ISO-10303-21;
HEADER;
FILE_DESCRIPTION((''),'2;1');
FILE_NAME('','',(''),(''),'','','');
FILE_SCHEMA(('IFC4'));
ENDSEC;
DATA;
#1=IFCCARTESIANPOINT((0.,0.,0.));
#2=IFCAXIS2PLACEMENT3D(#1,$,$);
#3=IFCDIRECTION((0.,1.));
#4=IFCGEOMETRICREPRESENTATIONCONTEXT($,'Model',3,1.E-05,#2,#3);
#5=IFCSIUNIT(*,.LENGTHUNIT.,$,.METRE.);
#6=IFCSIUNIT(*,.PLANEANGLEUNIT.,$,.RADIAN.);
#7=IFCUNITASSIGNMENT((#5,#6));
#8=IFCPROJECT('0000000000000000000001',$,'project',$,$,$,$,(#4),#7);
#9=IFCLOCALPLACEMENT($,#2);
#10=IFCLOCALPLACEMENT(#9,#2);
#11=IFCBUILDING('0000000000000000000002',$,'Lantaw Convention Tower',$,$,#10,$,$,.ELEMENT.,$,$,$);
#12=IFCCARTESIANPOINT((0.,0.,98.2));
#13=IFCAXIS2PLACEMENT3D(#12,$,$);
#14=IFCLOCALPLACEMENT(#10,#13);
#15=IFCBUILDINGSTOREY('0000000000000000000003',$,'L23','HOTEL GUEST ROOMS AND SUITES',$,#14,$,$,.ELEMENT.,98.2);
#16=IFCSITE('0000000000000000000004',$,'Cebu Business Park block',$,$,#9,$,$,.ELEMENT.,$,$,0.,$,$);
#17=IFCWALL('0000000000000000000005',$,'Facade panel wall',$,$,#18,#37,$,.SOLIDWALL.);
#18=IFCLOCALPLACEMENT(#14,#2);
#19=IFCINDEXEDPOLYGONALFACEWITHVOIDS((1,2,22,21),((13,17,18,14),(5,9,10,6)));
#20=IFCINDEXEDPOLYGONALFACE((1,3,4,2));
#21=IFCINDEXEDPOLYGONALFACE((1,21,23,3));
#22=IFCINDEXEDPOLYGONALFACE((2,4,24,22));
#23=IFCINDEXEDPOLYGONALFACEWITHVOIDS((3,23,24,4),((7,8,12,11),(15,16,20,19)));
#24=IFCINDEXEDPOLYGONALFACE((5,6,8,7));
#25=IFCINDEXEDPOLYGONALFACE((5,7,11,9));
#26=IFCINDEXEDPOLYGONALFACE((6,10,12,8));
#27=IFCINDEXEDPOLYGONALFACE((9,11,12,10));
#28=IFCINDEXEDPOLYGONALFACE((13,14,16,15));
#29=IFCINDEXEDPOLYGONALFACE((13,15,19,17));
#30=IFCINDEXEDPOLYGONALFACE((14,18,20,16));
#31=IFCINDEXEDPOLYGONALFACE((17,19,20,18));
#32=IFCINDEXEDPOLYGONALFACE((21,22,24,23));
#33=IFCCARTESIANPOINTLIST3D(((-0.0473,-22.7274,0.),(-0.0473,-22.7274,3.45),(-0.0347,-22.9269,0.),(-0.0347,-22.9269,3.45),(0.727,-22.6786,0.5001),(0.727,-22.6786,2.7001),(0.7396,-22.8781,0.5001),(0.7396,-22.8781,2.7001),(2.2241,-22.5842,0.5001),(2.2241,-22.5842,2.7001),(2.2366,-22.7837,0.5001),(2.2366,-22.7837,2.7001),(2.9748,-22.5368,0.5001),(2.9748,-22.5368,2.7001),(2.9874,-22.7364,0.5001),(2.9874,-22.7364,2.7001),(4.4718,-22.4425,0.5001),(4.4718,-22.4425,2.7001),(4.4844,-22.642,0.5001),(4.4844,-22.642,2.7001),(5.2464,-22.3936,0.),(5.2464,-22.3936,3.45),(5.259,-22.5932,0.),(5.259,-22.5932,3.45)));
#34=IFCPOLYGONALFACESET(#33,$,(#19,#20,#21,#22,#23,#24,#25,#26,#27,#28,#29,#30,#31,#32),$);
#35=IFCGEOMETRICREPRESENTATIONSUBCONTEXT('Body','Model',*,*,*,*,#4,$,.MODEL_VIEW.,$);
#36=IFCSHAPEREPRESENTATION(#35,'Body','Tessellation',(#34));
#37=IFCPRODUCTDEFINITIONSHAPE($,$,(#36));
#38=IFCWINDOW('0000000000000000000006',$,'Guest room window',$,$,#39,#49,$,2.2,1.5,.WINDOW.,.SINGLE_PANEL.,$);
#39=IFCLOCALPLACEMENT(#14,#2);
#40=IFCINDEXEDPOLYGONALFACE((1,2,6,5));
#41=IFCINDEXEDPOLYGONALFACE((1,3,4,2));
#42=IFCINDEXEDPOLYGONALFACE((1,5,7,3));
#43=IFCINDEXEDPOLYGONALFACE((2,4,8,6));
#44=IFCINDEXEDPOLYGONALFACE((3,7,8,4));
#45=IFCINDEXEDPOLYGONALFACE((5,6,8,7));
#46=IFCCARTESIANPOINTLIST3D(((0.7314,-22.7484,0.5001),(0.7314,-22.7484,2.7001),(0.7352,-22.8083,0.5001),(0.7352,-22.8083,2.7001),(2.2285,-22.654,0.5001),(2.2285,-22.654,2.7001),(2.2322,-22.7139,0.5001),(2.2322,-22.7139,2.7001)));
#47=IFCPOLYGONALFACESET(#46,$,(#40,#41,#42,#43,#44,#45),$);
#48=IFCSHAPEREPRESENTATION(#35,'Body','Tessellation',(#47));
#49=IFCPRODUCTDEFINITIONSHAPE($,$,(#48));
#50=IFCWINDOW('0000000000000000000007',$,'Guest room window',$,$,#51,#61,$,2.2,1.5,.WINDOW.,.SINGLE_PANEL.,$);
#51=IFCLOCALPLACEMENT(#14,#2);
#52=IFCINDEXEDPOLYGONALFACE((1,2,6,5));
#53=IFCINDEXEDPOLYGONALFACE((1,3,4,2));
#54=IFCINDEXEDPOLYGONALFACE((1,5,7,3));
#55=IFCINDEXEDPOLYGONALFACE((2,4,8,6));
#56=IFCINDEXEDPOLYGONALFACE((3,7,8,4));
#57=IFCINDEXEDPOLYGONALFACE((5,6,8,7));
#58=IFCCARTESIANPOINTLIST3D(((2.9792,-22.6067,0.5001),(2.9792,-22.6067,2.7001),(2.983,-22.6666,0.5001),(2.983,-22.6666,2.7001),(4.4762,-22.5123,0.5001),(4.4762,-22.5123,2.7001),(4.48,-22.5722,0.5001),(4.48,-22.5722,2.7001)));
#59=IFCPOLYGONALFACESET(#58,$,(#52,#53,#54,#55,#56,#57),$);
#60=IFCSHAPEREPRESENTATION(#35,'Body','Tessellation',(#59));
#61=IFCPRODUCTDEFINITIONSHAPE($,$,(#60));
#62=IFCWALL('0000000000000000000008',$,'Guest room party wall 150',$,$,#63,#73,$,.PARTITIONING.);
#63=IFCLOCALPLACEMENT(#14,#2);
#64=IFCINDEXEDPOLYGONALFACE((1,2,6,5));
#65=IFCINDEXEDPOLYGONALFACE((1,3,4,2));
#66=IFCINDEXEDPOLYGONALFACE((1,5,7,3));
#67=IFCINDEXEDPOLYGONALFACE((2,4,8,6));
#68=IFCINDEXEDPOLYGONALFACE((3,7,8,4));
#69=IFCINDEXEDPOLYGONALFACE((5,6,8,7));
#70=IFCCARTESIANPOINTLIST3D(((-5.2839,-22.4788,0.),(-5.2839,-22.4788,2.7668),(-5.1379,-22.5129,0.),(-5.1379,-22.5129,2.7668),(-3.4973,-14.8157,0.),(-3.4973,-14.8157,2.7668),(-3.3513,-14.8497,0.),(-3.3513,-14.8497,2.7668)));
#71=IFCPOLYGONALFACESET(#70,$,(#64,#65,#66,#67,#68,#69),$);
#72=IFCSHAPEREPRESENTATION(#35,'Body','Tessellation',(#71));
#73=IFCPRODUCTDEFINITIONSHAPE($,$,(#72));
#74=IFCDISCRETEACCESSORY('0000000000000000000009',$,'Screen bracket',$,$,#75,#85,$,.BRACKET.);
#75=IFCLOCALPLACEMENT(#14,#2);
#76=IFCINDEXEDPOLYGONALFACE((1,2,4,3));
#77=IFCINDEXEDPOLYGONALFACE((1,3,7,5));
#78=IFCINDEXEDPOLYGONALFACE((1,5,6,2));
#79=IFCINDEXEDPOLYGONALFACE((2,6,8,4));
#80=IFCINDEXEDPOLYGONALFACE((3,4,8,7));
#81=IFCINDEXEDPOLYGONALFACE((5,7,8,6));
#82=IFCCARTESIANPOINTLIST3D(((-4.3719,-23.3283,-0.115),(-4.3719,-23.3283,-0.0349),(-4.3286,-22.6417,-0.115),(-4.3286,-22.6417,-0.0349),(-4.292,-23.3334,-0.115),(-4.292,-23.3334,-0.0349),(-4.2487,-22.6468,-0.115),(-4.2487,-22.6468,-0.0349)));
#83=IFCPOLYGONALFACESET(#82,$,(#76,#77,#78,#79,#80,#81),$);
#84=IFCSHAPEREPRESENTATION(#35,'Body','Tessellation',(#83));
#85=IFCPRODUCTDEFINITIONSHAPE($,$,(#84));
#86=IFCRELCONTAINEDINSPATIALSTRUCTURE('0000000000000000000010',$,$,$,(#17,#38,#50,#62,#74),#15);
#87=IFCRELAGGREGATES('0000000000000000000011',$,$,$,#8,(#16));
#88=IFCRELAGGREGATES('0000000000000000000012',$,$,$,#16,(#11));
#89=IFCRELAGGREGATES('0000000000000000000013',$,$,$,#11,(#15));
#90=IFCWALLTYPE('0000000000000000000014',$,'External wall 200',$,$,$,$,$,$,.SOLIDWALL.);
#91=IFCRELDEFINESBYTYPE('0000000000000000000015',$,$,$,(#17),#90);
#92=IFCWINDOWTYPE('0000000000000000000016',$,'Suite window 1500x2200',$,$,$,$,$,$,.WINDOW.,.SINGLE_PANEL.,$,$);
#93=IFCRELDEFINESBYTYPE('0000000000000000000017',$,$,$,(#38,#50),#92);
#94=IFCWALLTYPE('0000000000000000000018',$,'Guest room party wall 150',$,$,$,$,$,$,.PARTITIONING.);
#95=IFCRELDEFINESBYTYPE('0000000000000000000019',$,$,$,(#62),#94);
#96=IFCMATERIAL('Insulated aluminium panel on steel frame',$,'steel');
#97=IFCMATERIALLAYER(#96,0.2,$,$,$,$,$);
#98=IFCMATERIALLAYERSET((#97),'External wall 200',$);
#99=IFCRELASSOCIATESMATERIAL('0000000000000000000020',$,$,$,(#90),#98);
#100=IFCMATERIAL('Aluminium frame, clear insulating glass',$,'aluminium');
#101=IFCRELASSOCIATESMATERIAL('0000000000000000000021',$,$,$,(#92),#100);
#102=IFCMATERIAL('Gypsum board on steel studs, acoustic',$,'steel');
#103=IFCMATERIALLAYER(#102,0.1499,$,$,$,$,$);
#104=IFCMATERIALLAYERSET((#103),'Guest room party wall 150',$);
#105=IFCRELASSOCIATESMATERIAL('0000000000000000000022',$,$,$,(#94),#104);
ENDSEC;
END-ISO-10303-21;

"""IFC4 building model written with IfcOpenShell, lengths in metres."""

from ifc_helpers import new_model, si_unit, direction, frame, frame_2d, origin, origin_2d, place, context, subcontext, project, spatial, rectangle, extrude, material, layer, layer_set, type_object, element, fill, save


model = new_model("IFC4")

# Units and contexts
model_context = context("Model", 3, precision=1e-05, world=origin(), true_north=direction((0.0, 1.0)))
body_context = subcontext(model_context, "Body", "Model", "MODEL_VIEW")
ifc_project = project(units=[si_unit("LENGTHUNIT", "METRE"), si_unit("PLANEANGLEUNIT", "RADIAN")], contexts=[model_context])

# Site, building, storey
site_placement = place(None, origin())
site = spatial("IfcSite", under=ifc_project, at=site_placement, Name="Cebu Business Park block", CompositionType="ELEMENT", RefElevation=0.0)
building_placement = place(site_placement, origin())
building = spatial("IfcBuilding", under=site, at=building_placement, Name="Lantaw Convention Tower", CompositionType="ELEMENT")
storey_placement = place(building_placement, frame((0.0, 0.0, 98.2)))
storey = spatial("IfcBuildingStorey", under=building, at=storey_placement, Name="L23", Description="HOTEL GUEST ROOMS AND SUITES", CompositionType="ELEMENT", Elevation=98.2)

# Wall, openings, windows
ifc_material_1 = material(Name="Insulated aluminium panel on steel frame", Category="steel")
ifc_layer_1 = layer(ifc_material_1, 0.2)
ifc_layer_set_1 = layer_set([ifc_layer_1], Name="External wall 200")
wall_type_1 = type_object("IfcWallType", Name="External wall 200", PredefinedType="SOLIDWALL", material=ifc_layer_set_1)
wall_1_placement = place(storey_placement, frame((-0.041, -22.8271, 0.0), z_axis=(0.0, 0.0, 1.0), x_axis=(0.998019, 0.06292, 0.0)))
wall_1 = element("IfcWall", 1, at=wall_1_placement, inside=storey, type_object=wall_type_1, Name="Facade panel wall", PredefinedType="SOLIDWALL", context=body_context, shape_type="SweptSolid", body=[
    extrude(rectangle(XDim=5.3042, YDim=0.2, at=frame_2d((2.6521, 0.0))), origin(), (0.0, 0.0, 1.0), 3.45),
])
opening_1_placement = place(wall_1_placement, frame((0.7759, 0.0, 0.5)))
opening_1 = element("IfcOpeningElement", 2, at=opening_1_placement, cuts=wall_1, PredefinedType="OPENING", context=body_context, shape_type="SweptSolid", body=[
    extrude(rectangle(XDim=1.5, YDim=2.2, at=frame_2d((0.75, 1.1001))), frame((0.0, 0.1099, 0.0), z_axis=(0.0, -1.0, 0.0), x_axis=(1.0, 0.0, 0.0)), (0.0, 0.0, 1.0), 0.22),
])
opening_2_placement = place(wall_1_placement, frame((3.0281, 0.0, 0.5)))
opening_2 = element("IfcOpeningElement", 3, at=opening_2_placement, cuts=wall_1, PredefinedType="OPENING", context=body_context, shape_type="SweptSolid", body=[
    extrude(rectangle(XDim=1.5, YDim=2.2, at=frame_2d((0.75, 1.1001))), frame((0.0, 0.1099, 0.0), z_axis=(0.0, -1.0, 0.0), x_axis=(1.0, 0.0, 0.0)), (0.0, 0.0, 1.0), 0.22),
])
ifc_material_2 = material(Name="Aluminium frame, clear insulating glass", Category="aluminium")
window_type = type_object("IfcWindowType", Name="Suite window 1500x2200", PartitioningType="SINGLE_PANEL", PredefinedType="WINDOW", material=ifc_material_2)
window_1_placement = place(opening_1_placement, origin())
window_1 = element("IfcWindow", 4, at=window_1_placement, inside=storey, type_object=window_type, Name="Guest room window", OverallHeight=2.2, OverallWidth=1.5, PartitioningType="SINGLE_PANEL", PredefinedType="WINDOW", context=body_context, shape_type="SweptSolid", body=[
    extrude(rectangle(XDim=1.5, YDim=2.2, at=frame_2d((0.75, 1.1001))), frame((0.0, 0.03, 0.0), z_axis=(0.0, -1.0, 0.0), x_axis=(1.0, 0.0, 0.0)), (0.0, 0.0, 1.0), 0.0601),
])
fill(opening_1, window_1)
window_2_placement = place(opening_2_placement, origin())
window_2 = element("IfcWindow", 5, at=window_2_placement, inside=storey, type_object=window_type, Name="Guest room window", OverallHeight=2.2, OverallWidth=1.5, PartitioningType="SINGLE_PANEL", PredefinedType="WINDOW", context=body_context, shape_type="SweptSolid", body=[
    extrude(rectangle(XDim=1.5, YDim=2.2, at=frame_2d((0.75, 1.1001))), frame((0.0, 0.03, 0.0), z_axis=(0.0, -1.0, 0.0), x_axis=(1.0, 0.0, 0.0)), (0.0, 0.0, 1.0), 0.0601),
])
fill(opening_2, window_2)

# Wall
ifc_material_3 = material(Name="Gypsum board on steel studs, acoustic", Category="steel")
ifc_layer_2 = layer(ifc_material_3, 0.1499)
ifc_layer_set_2 = layer_set([ifc_layer_2], Name="Guest room party wall 150")
wall_type_2 = type_object("IfcWallType", Name="Guest room party wall 150", PredefinedType="PARTITIONING", material=ifc_layer_set_2)
wall_2_placement = place(storey_placement, frame((-5.2109, -22.4958, 0.0), z_axis=(0.0, 0.0, 1.0), x_axis=(0.227057, 0.973881, 0.0)))
element("IfcWall", 6, at=wall_2_placement, inside=storey, type_object=wall_type_2, Name="Guest room party wall 150", PredefinedType="PARTITIONING", context=body_context, shape_type="SweptSolid", body=[
    extrude(rectangle(XDim=7.8687, YDim=0.1499, at=frame_2d((3.9343, 0.0))), origin(), (0.0, 0.0, 1.0), 2.7668),
])

# Discrete accessory
discrete_accessory_placement = place(storey_placement, frame((-4.3103, -22.9875, -0.115), z_axis=(0.0, 0.0, 1.0), x_axis=(0.998016, -0.062958, 0.0)))
element("IfcDiscreteAccessory", 7, at=discrete_accessory_placement, inside=storey, Name="Screen bracket", PredefinedType="BRACKET", context=body_context, shape_type="SweptSolid", body=[
    extrude(rectangle(XDim=0.0801, YDim=0.688, at=origin_2d()), origin(), (0.0, 0.0, 1.0), 0.0801),
])

save(model, "model.ifc")
